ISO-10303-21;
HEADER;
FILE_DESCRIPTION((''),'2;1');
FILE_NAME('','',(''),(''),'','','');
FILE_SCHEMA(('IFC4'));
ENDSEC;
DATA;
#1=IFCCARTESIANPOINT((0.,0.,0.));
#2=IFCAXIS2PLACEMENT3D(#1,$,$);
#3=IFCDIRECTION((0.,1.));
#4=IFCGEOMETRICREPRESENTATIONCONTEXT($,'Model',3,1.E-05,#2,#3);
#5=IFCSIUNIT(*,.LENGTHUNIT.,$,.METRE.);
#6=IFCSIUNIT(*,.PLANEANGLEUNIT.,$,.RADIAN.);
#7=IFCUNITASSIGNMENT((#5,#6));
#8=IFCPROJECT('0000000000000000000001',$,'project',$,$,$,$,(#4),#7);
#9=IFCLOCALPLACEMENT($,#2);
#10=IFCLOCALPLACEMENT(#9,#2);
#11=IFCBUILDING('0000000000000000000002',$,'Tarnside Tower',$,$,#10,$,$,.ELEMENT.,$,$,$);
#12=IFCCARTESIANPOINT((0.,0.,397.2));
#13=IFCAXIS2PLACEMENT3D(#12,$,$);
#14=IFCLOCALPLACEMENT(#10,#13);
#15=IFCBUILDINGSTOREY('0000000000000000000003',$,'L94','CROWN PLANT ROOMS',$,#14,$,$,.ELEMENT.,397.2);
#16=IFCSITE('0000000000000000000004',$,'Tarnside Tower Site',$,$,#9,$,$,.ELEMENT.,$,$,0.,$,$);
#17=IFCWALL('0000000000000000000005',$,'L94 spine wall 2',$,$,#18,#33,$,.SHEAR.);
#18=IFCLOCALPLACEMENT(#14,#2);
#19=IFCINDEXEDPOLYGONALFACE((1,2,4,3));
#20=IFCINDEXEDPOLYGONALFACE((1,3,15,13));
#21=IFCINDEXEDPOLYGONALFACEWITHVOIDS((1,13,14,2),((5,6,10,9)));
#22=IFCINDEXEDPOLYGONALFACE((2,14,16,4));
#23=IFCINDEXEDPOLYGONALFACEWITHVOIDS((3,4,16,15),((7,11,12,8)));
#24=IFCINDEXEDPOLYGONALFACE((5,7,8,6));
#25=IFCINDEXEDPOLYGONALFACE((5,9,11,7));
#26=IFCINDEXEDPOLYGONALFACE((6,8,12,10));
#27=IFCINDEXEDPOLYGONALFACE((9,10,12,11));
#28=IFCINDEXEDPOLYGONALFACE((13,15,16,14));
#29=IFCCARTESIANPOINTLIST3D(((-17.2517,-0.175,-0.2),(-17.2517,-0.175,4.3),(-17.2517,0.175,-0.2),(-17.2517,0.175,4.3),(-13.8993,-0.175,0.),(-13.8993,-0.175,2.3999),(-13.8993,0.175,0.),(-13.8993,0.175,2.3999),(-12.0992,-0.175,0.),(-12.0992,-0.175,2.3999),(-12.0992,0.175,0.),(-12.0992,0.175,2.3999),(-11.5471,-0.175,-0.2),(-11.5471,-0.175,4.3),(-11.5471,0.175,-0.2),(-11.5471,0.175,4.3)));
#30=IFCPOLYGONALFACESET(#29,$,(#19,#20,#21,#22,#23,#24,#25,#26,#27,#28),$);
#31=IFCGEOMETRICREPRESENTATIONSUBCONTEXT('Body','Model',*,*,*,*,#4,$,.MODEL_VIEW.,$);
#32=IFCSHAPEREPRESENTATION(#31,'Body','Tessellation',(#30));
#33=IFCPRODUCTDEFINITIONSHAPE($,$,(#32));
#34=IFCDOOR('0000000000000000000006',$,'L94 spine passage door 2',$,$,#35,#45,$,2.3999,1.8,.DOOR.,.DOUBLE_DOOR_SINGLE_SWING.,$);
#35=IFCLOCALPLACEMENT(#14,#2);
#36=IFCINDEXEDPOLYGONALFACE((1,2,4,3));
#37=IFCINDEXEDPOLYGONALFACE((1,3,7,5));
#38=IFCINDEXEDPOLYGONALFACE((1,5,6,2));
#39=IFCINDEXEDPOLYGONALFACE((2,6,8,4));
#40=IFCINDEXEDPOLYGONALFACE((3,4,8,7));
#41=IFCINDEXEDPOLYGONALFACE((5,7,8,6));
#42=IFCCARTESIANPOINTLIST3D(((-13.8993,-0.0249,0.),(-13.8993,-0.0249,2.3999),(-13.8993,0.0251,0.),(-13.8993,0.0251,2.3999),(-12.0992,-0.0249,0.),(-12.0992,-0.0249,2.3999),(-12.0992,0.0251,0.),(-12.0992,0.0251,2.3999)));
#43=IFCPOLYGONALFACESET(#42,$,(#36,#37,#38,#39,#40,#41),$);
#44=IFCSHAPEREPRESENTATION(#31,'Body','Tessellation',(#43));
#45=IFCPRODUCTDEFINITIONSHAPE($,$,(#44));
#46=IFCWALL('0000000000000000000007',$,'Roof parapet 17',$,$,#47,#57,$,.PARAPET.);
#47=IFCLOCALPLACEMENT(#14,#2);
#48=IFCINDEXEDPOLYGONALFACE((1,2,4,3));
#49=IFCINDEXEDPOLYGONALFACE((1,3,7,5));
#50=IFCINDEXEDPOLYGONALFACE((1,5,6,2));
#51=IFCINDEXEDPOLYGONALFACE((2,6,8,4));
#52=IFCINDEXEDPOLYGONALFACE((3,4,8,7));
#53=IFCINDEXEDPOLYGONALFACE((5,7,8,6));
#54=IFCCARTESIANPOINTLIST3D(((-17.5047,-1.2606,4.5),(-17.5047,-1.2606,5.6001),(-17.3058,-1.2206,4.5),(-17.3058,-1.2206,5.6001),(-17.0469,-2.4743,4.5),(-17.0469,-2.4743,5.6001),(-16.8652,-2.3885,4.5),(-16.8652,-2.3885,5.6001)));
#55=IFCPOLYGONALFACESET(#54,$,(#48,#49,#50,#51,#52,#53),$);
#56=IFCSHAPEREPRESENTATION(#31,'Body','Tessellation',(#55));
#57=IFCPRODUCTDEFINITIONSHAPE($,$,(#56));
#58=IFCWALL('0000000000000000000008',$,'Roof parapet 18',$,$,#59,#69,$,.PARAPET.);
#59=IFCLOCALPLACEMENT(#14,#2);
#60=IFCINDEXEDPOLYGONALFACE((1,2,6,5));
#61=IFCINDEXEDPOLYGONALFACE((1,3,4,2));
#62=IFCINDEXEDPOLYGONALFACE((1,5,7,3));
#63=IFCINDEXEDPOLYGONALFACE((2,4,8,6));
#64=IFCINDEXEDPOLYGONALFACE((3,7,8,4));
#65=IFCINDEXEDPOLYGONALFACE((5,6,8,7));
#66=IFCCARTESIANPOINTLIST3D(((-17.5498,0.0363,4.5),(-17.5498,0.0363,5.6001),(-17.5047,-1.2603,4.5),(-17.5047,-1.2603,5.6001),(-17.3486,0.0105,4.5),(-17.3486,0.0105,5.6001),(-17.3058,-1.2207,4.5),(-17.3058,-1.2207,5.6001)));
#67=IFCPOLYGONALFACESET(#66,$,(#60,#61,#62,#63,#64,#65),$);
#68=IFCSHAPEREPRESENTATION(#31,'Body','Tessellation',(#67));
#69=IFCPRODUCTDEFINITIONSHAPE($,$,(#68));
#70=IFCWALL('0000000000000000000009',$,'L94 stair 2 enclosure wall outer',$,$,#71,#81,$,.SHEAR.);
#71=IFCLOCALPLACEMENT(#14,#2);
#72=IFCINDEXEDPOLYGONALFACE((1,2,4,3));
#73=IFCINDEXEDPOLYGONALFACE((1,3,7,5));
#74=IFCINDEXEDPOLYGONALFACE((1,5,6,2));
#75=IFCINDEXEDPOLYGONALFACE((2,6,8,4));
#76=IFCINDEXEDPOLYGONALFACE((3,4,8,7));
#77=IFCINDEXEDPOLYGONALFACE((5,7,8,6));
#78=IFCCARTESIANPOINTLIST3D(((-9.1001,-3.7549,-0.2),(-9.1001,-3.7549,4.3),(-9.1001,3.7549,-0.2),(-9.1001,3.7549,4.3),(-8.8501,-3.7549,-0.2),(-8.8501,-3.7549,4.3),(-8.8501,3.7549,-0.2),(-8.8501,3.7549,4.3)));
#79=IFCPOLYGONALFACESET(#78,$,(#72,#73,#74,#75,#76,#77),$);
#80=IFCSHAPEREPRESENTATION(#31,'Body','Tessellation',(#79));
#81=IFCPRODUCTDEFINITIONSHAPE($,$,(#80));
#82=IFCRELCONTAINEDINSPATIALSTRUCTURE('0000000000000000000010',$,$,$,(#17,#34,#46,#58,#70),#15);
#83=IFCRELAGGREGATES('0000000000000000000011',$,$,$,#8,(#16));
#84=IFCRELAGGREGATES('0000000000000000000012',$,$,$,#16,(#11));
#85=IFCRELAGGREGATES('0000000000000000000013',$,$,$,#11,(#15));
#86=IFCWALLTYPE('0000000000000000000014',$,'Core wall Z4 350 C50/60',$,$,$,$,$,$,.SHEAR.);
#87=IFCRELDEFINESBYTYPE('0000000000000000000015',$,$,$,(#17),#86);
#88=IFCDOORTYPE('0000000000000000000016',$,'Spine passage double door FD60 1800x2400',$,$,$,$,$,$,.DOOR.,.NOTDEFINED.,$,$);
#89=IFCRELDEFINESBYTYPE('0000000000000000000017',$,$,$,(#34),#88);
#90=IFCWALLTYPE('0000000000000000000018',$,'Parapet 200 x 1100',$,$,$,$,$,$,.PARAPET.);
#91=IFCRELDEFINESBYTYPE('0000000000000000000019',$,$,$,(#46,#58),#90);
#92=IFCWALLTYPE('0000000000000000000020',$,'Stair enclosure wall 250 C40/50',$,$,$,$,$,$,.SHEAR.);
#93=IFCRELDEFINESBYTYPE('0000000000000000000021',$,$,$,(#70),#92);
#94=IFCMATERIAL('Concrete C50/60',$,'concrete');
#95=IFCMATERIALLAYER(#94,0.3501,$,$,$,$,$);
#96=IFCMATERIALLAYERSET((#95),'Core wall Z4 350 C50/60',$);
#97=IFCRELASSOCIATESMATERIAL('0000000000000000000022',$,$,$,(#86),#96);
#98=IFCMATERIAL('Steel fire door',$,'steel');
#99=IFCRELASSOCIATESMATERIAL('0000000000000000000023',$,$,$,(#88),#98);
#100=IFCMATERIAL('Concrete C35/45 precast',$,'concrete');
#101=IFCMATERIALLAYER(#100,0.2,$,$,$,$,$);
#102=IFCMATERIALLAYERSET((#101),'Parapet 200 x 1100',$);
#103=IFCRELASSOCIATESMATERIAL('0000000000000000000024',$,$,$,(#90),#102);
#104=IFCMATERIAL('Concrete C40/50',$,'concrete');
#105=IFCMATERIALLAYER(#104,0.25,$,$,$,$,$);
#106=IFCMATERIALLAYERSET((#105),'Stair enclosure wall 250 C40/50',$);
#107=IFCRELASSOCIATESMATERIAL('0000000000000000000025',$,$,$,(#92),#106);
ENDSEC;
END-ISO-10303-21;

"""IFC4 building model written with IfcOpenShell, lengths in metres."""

from ifc_helpers import new_model, si_unit, direction, frame, frame_2d, origin, place, context, subcontext, project, spatial, polyline, rectangle, outline, extrude, material, layer, layer_set, type_object, element, fill, save


model = new_model("IFC4")

# Units and contexts
model_context = context("Model", 3, precision=1e-05, world=origin(), true_north=direction((0.0, 1.0)))
body_context = subcontext(model_context, "Body", "Model", "MODEL_VIEW")
ifc_project = project(units=[si_unit("LENGTHUNIT", "METRE"), si_unit("PLANEANGLEUNIT", "RADIAN")], contexts=[model_context])

# Site, building, storey
site_placement = place(None, origin())
site = spatial("IfcSite", under=ifc_project, at=site_placement, Name="Tarnside Tower Site", CompositionType="ELEMENT", RefElevation=0.0)
building_placement = place(site_placement, origin())
building = spatial("IfcBuilding", under=site, at=building_placement, Name="Tarnside Tower", CompositionType="ELEMENT")
storey_placement = place(building_placement, frame((0.0, 0.0, 397.2)))
storey = spatial("IfcBuildingStorey", under=building, at=storey_placement, Name="L94", Description="CROWN PLANT ROOMS", CompositionType="ELEMENT", Elevation=397.2)

# Wall, opening, door
ifc_material_1 = material(Name="Concrete C50/60", Category="concrete")
ifc_layer_1 = layer(ifc_material_1, 0.3501)
ifc_layer_set_1 = layer_set([ifc_layer_1], Name="Core wall Z4 350 C50/60")
wall_type_1 = type_object("IfcWallType", Name="Core wall Z4 350 C50/60", PredefinedType="SHEAR", material=ifc_layer_set_1)
ifc_material_2 = material(Name="Steel fire door", Category="steel")
wall_1_placement = place(storey_placement, frame((-11.5471, 0.0, -0.2), z_axis=(0.0, 0.0, 1.0), x_axis=(-1.0, 0.0, 0.0)))
wall_1 = element("IfcWall", 1, at=wall_1_placement, inside=storey, type_object=wall_type_1, Name="L94 spine wall 2", PredefinedType="SHEAR", context=body_context, shape_type="SweptSolid", body=[
    extrude(rectangle(XDim=5.7046, YDim=0.3501, at=frame_2d((2.8523, 0.0))), origin(), (0.0, 0.0, 1.0), 4.5),
])
opening_1_placement = place(wall_1_placement, frame((0.5522, 0.0, 0.2)))
opening_1 = element("IfcOpeningElement", 2, at=opening_1_placement, cuts=wall_1, PredefinedType="OPENING", context=body_context, shape_type="SweptSolid", body=[
    extrude(rectangle(XDim=1.8, YDim=2.3999, at=frame_2d((0.8999, 1.2))), frame((0.0, 0.1851, 0.0), z_axis=(0.0, -1.0, 0.0), x_axis=(1.0, 0.0, 0.0)), (0.0, 0.0, 1.0), 0.3701),
])
door_type_1 = type_object("IfcDoorType", Name="Spine passage double door FD60 1800x2400", OperationType="NOTDEFINED", PredefinedType="DOOR", material=ifc_material_2)
door_1_placement = place(opening_1_placement, origin())
door_1 = element("IfcDoor", 3, at=door_1_placement, inside=storey, type_object=door_type_1, Name="L94 spine passage door 2", OperationType="DOUBLE_DOOR_SINGLE_SWING", OverallHeight=2.3999, OverallWidth=1.8, PredefinedType="DOOR", context=body_context, shape_type="SweptSolid", body=[
    extrude(rectangle(XDim=1.8, YDim=2.3999, at=frame_2d((0.8999, 1.2))), frame((0.0, 0.0249, 0.0), z_axis=(0.0, -1.0, 0.0), x_axis=(1.0, 0.0, 0.0)), (0.0, 0.0, 1.0), 0.05),
])
fill(opening_1, door_1)

# Walls
ifc_material_3 = material(Name="Concrete C35/45 precast", Category="concrete")
ifc_layer_2 = layer(ifc_material_3, 0.2)
ifc_layer_set_2 = layer_set([ifc_layer_2], Name="Parapet 200 x 1100")
wall_type_2 = type_object("IfcWallType", Name="Parapet 200 x 1100", PredefinedType="PARAPET", material=ifc_layer_set_2)
wall_2_placement = place(storey_placement, frame((-16.9561, -2.4314, 4.5), z_axis=(0.0, 0.0, 1.0), x_axis=(-0.352931, 0.93565, 0.0)))
element("IfcWall", 4, at=wall_2_placement, inside=storey, type_object=wall_type_2, Name="Roof parapet 17", PredefinedType="PARAPET", context=body_context, shape_type="SweptSolid", body=[
    extrude(outline(polyline([(0.0081, -0.1001), (1.2563, -0.1001), (1.2891, 0.1001), (-0.0081, 0.1001), (0.0081, -0.1001)])), origin(), (0.0, 0.0, 1.0), 1.1001),
])
wall_3_placement = place(storey_placement, frame((-17.4053, -1.2405, 4.5), z_axis=(0.0, 0.0, 1.0), x_axis=(-0.034748, 0.999396, 0.0)))
element("IfcWall", 5, at=wall_3_placement, inside=storey, type_object=wall_type_2, Name="Roof parapet 18", PredefinedType="PARAPET", context=body_context, shape_type="SweptSolid", body=[
    extrude(outline(polyline([(0.0164, -0.1001), (1.2483, -0.1001), (1.281, 0.1001), (-0.0164, 0.1001), (0.0164, -0.1001)])), origin(), (0.0, 0.0, 1.0), 1.1001),
])
ifc_material_4 = material(Name="Concrete C40/50", Category="concrete")
ifc_layer_3 = layer(ifc_material_4, 0.25)
ifc_layer_set_3 = layer_set([ifc_layer_3], Name="Stair enclosure wall 250 C40/50")
wall_type_3 = type_object("IfcWallType", Name="Stair enclosure wall 250 C40/50", PredefinedType="SHEAR", material=ifc_layer_set_3)
wall_4_placement = place(storey_placement, frame((-8.9751, -3.7549, -0.2), z_axis=(0.0, 0.0, 1.0), x_axis=(0.0, 1.0, 0.0)))
element("IfcWall", 6, at=wall_4_placement, inside=storey, type_object=wall_type_3, Name="L94 stair 2 enclosure wall outer", PredefinedType="SHEAR", context=body_context, shape_type="SweptSolid", body=[
    extrude(rectangle(XDim=7.5098, YDim=0.25, at=frame_2d((3.7549, 0.0))), origin(), (0.0, 0.0, 1.0), 4.5),
])

save(model, "model.ifc")
